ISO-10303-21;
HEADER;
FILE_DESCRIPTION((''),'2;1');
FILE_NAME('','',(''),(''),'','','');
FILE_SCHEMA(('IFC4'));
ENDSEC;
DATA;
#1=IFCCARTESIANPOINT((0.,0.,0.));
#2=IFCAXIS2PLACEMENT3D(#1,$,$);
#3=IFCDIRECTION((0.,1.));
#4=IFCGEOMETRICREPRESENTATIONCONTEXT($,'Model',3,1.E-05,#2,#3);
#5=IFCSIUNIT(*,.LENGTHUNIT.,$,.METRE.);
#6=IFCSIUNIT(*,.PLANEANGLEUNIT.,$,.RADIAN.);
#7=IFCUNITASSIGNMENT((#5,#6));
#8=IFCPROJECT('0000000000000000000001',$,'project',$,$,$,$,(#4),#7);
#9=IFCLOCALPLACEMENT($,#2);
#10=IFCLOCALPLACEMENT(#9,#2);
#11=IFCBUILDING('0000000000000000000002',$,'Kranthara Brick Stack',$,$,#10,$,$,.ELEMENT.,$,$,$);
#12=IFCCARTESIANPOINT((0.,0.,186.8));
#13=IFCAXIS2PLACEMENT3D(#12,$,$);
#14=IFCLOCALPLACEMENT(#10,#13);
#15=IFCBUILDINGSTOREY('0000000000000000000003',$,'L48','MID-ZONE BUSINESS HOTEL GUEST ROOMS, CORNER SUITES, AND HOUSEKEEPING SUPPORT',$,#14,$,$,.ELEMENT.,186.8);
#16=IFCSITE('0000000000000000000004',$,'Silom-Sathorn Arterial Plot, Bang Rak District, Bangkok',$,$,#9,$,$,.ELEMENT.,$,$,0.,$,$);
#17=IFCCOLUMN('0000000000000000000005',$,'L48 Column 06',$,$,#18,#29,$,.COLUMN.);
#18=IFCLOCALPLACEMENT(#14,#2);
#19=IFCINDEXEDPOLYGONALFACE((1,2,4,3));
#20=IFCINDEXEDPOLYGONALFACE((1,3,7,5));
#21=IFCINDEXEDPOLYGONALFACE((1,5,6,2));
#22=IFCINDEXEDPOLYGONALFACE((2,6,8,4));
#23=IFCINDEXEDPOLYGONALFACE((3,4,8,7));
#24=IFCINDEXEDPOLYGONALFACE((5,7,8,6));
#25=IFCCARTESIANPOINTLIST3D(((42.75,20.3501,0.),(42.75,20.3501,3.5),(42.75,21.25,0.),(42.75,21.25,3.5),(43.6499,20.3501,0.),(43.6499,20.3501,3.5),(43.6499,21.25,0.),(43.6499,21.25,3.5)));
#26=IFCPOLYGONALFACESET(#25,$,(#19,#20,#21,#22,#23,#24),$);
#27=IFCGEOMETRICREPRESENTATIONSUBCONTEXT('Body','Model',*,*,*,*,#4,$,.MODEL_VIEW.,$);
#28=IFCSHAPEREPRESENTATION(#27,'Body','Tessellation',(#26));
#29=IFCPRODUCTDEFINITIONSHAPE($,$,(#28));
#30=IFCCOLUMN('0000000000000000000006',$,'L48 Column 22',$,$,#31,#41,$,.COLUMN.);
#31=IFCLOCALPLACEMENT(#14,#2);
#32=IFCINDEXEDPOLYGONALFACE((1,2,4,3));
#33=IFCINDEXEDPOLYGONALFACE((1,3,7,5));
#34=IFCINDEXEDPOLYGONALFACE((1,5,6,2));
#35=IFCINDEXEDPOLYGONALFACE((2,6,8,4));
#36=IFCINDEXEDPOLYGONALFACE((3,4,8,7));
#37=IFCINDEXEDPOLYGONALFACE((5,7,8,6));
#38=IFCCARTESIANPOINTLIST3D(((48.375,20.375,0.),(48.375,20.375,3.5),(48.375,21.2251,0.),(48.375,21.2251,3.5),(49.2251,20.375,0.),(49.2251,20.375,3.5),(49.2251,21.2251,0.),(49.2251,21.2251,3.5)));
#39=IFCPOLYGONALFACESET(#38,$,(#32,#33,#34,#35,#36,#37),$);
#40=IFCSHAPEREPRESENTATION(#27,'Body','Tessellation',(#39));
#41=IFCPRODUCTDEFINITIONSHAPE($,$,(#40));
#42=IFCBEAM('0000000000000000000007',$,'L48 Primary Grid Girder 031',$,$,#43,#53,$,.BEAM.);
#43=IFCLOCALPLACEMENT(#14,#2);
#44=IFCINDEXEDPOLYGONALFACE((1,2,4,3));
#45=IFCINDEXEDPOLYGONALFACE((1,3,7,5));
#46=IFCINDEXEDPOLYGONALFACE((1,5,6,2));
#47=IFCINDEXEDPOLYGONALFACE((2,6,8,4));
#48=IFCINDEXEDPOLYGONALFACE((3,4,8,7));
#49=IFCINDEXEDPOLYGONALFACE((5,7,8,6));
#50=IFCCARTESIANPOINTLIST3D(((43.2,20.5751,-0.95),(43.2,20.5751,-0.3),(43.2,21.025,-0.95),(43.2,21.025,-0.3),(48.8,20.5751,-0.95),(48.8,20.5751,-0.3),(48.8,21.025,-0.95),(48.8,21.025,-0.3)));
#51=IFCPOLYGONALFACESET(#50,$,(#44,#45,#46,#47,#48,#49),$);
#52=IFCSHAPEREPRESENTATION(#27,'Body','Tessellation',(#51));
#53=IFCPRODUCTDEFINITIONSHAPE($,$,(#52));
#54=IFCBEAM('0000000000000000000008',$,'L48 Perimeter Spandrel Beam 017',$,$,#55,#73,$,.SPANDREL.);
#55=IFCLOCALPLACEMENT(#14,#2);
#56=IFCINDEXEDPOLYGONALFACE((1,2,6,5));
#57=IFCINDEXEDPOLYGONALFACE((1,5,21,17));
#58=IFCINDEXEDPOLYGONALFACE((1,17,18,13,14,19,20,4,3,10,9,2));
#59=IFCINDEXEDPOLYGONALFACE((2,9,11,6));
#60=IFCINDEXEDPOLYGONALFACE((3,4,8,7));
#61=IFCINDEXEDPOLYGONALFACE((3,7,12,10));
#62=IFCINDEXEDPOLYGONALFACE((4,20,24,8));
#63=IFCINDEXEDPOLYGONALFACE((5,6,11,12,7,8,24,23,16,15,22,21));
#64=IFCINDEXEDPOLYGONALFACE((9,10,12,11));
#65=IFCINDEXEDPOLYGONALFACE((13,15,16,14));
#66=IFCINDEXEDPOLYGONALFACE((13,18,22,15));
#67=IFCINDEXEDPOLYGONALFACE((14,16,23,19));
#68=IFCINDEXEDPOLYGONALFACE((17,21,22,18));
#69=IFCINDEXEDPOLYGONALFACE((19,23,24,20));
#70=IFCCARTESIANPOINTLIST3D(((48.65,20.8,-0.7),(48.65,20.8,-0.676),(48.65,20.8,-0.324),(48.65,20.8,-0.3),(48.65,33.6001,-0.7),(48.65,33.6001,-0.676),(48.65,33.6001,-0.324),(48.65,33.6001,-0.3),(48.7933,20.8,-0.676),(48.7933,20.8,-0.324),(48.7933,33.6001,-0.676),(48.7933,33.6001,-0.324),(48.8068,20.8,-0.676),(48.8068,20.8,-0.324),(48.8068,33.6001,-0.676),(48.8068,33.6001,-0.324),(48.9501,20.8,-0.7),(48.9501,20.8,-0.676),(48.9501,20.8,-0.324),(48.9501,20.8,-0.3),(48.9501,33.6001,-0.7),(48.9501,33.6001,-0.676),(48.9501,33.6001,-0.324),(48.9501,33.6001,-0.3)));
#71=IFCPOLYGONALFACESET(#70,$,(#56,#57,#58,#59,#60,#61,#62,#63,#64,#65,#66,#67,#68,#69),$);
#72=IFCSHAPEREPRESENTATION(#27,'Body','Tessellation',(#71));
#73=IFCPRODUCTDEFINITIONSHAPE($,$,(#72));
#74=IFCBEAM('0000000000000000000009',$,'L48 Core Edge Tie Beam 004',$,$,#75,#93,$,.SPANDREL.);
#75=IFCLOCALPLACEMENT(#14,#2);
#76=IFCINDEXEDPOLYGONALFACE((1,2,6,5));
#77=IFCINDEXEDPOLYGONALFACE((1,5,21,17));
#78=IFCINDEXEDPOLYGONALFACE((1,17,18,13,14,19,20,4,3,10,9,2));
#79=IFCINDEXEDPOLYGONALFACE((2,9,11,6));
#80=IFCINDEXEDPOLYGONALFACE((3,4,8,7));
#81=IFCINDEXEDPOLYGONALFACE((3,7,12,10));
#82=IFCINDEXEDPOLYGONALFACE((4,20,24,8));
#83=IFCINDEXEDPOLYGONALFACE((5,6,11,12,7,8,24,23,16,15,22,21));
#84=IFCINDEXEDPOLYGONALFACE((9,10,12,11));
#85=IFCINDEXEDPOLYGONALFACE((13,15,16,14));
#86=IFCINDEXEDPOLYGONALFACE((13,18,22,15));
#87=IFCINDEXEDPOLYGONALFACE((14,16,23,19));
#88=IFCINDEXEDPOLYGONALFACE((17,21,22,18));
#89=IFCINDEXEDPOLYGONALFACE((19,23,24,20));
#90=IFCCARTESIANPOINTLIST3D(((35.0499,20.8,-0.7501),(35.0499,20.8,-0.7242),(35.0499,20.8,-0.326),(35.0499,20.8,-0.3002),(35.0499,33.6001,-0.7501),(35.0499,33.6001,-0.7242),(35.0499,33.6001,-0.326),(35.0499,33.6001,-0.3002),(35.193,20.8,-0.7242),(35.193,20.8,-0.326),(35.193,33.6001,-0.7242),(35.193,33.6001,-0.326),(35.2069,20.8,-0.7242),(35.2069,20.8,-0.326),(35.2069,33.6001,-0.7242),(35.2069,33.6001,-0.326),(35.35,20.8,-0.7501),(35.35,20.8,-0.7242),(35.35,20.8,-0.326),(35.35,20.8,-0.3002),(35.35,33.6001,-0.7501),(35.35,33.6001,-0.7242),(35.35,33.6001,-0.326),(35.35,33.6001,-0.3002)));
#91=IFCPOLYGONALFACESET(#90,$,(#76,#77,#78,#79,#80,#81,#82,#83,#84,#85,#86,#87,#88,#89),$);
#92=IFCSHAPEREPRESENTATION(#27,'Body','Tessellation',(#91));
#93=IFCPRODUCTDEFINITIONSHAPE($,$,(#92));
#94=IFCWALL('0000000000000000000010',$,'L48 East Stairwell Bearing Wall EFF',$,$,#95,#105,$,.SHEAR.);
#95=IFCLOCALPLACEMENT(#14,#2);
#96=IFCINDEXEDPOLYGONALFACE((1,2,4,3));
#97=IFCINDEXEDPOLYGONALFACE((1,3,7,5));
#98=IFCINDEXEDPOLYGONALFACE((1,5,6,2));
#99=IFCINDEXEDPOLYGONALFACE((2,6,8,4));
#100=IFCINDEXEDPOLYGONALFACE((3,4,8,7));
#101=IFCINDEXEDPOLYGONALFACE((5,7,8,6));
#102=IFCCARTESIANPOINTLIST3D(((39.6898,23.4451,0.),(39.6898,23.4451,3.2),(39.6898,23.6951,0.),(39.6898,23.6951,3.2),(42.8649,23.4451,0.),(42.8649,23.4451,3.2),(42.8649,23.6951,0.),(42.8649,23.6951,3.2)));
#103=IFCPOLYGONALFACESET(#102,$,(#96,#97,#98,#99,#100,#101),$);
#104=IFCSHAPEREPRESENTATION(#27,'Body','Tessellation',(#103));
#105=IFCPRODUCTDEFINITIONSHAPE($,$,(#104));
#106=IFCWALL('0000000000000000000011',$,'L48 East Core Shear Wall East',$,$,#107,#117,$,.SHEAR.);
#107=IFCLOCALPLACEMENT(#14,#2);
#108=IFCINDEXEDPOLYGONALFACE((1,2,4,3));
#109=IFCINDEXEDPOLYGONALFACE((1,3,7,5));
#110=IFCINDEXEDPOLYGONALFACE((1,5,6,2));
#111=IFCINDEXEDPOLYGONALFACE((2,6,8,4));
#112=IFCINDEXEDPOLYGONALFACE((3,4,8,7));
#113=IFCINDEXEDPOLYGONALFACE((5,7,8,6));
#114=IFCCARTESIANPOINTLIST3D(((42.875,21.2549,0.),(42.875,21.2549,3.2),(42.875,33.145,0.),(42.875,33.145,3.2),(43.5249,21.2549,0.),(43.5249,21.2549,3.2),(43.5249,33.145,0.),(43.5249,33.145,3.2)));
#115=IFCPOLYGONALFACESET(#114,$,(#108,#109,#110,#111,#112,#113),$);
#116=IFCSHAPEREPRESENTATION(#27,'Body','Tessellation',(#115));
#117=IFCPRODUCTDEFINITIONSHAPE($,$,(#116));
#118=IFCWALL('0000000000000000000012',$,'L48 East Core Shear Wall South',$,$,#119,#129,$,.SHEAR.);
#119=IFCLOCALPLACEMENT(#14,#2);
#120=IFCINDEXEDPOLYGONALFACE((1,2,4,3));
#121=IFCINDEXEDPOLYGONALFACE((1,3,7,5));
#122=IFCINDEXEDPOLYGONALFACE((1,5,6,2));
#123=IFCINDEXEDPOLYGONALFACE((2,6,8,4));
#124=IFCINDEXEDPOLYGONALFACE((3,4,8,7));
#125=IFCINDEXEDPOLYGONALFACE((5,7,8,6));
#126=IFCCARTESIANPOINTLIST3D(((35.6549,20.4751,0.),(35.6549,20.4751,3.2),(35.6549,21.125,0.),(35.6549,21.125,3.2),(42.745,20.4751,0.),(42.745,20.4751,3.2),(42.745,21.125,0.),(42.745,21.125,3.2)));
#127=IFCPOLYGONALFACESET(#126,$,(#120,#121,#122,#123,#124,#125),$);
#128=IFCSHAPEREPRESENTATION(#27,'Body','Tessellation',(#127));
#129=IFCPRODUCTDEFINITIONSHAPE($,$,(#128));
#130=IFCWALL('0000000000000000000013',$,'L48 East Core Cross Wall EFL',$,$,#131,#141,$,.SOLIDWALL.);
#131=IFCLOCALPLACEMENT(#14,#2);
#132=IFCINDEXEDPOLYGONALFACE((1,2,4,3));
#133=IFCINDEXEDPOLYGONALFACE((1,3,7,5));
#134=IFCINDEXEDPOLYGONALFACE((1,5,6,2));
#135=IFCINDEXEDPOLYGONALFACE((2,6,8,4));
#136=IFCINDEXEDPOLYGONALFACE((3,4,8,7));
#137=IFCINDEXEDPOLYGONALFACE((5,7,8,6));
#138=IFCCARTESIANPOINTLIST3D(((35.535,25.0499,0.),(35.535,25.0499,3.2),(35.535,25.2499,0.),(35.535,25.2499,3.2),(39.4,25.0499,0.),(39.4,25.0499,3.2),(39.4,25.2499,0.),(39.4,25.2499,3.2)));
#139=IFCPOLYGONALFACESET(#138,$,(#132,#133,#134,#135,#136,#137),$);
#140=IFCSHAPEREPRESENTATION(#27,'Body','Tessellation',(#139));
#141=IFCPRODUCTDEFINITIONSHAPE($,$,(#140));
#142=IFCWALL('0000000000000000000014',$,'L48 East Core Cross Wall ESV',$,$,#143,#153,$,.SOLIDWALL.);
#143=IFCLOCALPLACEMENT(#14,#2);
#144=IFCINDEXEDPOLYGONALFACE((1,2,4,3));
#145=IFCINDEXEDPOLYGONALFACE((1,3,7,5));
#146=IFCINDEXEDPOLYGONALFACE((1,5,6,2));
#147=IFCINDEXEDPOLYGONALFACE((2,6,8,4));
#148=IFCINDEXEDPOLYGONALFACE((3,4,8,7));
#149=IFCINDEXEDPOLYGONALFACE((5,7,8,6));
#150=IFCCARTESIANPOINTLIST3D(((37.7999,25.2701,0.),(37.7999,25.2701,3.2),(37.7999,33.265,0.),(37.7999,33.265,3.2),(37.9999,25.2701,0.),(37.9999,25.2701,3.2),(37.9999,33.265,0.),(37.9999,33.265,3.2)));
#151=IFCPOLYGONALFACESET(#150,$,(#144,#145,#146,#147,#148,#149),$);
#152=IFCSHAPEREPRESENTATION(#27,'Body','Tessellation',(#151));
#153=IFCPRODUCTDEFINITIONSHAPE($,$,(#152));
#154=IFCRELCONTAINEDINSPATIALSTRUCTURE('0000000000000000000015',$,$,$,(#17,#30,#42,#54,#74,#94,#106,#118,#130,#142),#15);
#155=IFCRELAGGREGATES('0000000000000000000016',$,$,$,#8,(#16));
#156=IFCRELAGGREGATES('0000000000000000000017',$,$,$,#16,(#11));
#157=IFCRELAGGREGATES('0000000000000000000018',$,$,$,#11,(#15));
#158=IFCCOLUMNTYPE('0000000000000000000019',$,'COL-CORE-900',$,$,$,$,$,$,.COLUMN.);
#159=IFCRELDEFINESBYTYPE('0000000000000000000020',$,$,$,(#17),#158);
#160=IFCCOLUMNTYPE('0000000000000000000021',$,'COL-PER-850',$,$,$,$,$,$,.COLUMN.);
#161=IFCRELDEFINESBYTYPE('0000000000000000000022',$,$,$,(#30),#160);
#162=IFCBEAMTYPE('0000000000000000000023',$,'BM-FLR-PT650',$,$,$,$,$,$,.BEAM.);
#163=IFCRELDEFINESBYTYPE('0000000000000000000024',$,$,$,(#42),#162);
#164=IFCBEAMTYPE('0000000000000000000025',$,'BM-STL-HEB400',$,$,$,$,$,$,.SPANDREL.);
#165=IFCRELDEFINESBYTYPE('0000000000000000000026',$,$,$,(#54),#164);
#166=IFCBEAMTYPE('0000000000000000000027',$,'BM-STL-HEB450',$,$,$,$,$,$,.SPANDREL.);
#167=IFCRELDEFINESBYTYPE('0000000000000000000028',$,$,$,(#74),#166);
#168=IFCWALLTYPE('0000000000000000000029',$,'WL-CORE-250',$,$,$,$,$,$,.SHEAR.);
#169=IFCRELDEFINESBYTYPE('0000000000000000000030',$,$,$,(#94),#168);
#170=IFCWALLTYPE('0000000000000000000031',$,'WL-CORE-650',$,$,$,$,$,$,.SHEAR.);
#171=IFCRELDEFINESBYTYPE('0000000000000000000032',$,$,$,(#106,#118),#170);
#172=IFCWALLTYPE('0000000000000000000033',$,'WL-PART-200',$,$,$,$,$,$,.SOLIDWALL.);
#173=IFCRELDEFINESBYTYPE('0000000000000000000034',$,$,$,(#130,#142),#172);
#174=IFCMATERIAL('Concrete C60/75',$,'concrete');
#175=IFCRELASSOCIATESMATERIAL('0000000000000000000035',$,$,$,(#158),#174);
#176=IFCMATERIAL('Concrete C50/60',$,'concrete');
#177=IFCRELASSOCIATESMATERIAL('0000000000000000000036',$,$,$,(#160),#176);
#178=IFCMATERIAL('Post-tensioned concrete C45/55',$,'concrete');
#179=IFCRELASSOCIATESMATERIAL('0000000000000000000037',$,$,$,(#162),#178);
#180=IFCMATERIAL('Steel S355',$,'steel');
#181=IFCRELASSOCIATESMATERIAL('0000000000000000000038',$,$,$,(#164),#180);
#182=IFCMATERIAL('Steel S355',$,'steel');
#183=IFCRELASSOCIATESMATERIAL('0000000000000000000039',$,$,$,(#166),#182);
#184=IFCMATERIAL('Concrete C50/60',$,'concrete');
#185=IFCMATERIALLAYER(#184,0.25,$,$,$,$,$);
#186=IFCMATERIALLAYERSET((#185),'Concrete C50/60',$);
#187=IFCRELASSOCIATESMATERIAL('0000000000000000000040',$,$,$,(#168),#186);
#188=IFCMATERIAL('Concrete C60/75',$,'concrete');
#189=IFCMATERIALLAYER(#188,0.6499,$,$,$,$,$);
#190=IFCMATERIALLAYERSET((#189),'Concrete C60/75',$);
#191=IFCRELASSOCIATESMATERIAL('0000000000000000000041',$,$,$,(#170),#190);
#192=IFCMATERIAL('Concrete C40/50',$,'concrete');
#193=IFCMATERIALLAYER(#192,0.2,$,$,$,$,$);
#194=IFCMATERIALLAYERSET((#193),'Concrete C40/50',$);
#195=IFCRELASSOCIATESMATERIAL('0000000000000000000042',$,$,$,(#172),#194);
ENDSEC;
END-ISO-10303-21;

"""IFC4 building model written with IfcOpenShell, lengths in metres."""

from ifc_helpers import new_model, si_unit, direction, frame, frame_2d, origin, origin_2d, place, context, subcontext, project, spatial, rectangle, i_section, extrude, material, layer, layer_set, material_profile, profile_set, type_object, element, save


model = new_model("IFC4")

# Units and contexts
model_context = context("Model", 3, precision=1e-05, world=origin(), true_north=direction((0.0, 1.0)))
body_context = subcontext(model_context, "Body", "Model", "MODEL_VIEW")
ifc_project = project(units=[si_unit("LENGTHUNIT", "METRE"), si_unit("PLANEANGLEUNIT", "RADIAN")], contexts=[model_context])

# Site, building, storey
site_placement = place(None, origin())
site = spatial("IfcSite", under=ifc_project, at=site_placement, Name="Silom-Sathorn Arterial Plot, Bang Rak District, Bangkok", CompositionType="ELEMENT", RefElevation=0.0)
building_placement = place(site_placement, origin())
building = spatial("IfcBuilding", under=site, at=building_placement, Name="Kranthara Brick Stack", CompositionType="ELEMENT")
storey_placement = place(building_placement, frame((0.0, 0.0, 186.8)))
storey = spatial("IfcBuildingStorey", under=building, at=storey_placement, Name="L48", Description="MID-ZONE BUSINESS HOTEL GUEST ROOMS, CORNER SUITES, AND HOUSEKEEPING SUPPORT", CompositionType="ELEMENT", Elevation=186.8)

# Columns
ifc_material_1 = material(Name="Concrete C60/75", Category="concrete")
ifc_material_profile_1 = material_profile(ifc_material_1, rectangle(XDim=0.8999, YDim=0.8999, at=origin_2d()), Name="RC 900x900")
ifc_profile_set_1 = profile_set([ifc_material_profile_1], Name="Concrete C60/75")
column_type_1 = type_object("IfcColumnType", Name="COL-CORE-900", PredefinedType="COLUMN", material=ifc_profile_set_1)
column_1_placement = place(storey_placement, frame((43.2, 20.8, 0.0), z_axis=(0.0, 0.0, 1.0), x_axis=(1.0, 0.0, 0.0)))
element("IfcColumn", 1, at=column_1_placement, inside=storey, type_object=column_type_1, Name="L48 Column 06", PredefinedType="COLUMN", context=body_context, shape_type="SweptSolid", body=[
    extrude(rectangle(XDim=0.8999, YDim=0.8999, at=origin_2d()), origin(), (0.0, 0.0, 1.0), 3.5),
])
ifc_material_2 = material(Name="Concrete C50/60", Category="concrete")
ifc_material_profile_2 = material_profile(ifc_material_2, rectangle(XDim=0.8501, YDim=0.8501, at=origin_2d()), Name="RC 850x850")
ifc_profile_set_2 = profile_set([ifc_material_profile_2], Name="Concrete C50/60")
column_type_2 = type_object("IfcColumnType", Name="COL-PER-850", PredefinedType="COLUMN", material=ifc_profile_set_2)
column_2_placement = place(storey_placement, frame((48.8, 20.8, 0.0), z_axis=(0.0, 0.0, 1.0), x_axis=(1.0, 0.0, 0.0)))
element("IfcColumn", 2, at=column_2_placement, inside=storey, type_object=column_type_2, Name="L48 Column 22", PredefinedType="COLUMN", context=body_context, shape_type="SweptSolid", body=[
    extrude(rectangle(XDim=0.8501, YDim=0.8501, at=origin_2d()), origin(), (0.0, 0.0, 1.0), 3.5),
])

# Beams
ifc_material_3 = material(Name="Post-tensioned concrete C45/55", Category="concrete")
ifc_material_profile_3 = material_profile(ifc_material_3, rectangle(XDim=0.45, YDim=0.6499, at=origin_2d()), Name="PT 450x650")
ifc_profile_set_3 = profile_set([ifc_material_profile_3], Name="Post-tensioned concrete C45/55")
beam_type_1 = type_object("IfcBeamType", Name="BM-FLR-PT650", PredefinedType="BEAM", material=ifc_profile_set_3)
beam_1_placement = place(storey_placement, frame((43.2, 20.8, -0.625), z_axis=(1.0, 0.0, 0.0), x_axis=(0.0, 1.0, 0.0)))
element("IfcBeam", 3, at=beam_1_placement, inside=storey, type_object=beam_type_1, Name="L48 Primary Grid Girder 031", PredefinedType="BEAM", context=body_context, shape_type="SweptSolid", body=[
    extrude(rectangle(XDim=0.45, YDim=0.6499, at=origin_2d()), origin(), (0.0, 0.0, 1.0), 5.6001),
])
ifc_material_4 = material(Name="Steel S355", Category="steel")
ifc_material_profile_4 = material_profile(ifc_material_4, i_section(OverallWidth=0.3, OverallDepth=0.3999, WebThickness=0.0134, FlangeThickness=0.0239, at=origin_2d()), Name="HEB 400")
ifc_profile_set_4 = profile_set([ifc_material_profile_4], Name="Steel S355")
beam_type_2 = type_object("IfcBeamType", Name="BM-STL-HEB400", PredefinedType="SPANDREL", material=ifc_profile_set_4)
beam_2_placement = place(storey_placement, frame((48.8, 20.8, -0.5), z_axis=(0.0, 1.0, 0.0), x_axis=(-1.0, 0.0, 0.0)))
element("IfcBeam", 4, at=beam_2_placement, inside=storey, type_object=beam_type_2, Name="L48 Perimeter Spandrel Beam 017", PredefinedType="SPANDREL", context=body_context, shape_type="SweptSolid", body=[
    extrude(i_section(OverallWidth=0.3, OverallDepth=0.3999, WebThickness=0.0134, FlangeThickness=0.0239, at=origin_2d()), origin(), (0.0, 0.0, 1.0), 12.8),
])
ifc_material_5 = material(Name="Steel S355", Category="steel")
ifc_material_profile_5 = material_profile(ifc_material_5, i_section(OverallWidth=0.3, OverallDepth=0.45, WebThickness=0.0139, FlangeThickness=0.0259, at=origin_2d()), Name="HEB 450")
ifc_profile_set_5 = profile_set([ifc_material_profile_5], Name="Steel S355")
beam_type_3 = type_object("IfcBeamType", Name="BM-STL-HEB450", PredefinedType="SPANDREL", material=ifc_profile_set_5)
beam_3_placement = place(storey_placement, frame((35.2, 20.8, -0.5251), z_axis=(0.0, 1.0, 0.0), x_axis=(-1.0, 0.0, 0.0)))
element("IfcBeam", 5, at=beam_3_placement, inside=storey, type_object=beam_type_3, Name="L48 Core Edge Tie Beam 004", PredefinedType="SPANDREL", context=body_context, shape_type="SweptSolid", body=[
    extrude(i_section(OverallWidth=0.3, OverallDepth=0.45, WebThickness=0.0139, FlangeThickness=0.0259, at=origin_2d()), origin(), (0.0, 0.0, 1.0), 12.8),
])

# Shared definitions
ifc_material_6 = material(Name="Concrete C50/60", Category="concrete")
ifc_layer_1 = layer(ifc_material_6, 0.25)
ifc_layer_set_1 = layer_set([ifc_layer_1], Name="Concrete C50/60")
wall_type_1 = type_object("IfcWallType", Name="WL-CORE-250", PredefinedType="SHEAR", material=ifc_layer_set_1)

# Walls
wall_1_placement = place(storey_placement, frame((39.6899, 23.5701, 0.0), z_axis=(0.0, 0.0, 1.0), x_axis=(1.0, 0.0, 0.0)))
element("IfcWall", 6, at=wall_1_placement, inside=storey, type_object=wall_type_1, Name="L48 East Stairwell Bearing Wall EFF", PredefinedType="SHEAR", context=body_context, shape_type="SweptSolid", body=[
    extrude(rectangle(XDim=3.175, YDim=0.25, at=frame_2d((1.5874, 0.0))), origin(), (0.0, 0.0, 1.0), 3.2),
])
ifc_material_7 = material(Name="Concrete C60/75", Category="concrete")
ifc_layer_2 = layer(ifc_material_7, 0.6499)
ifc_layer_set_2 = layer_set([ifc_layer_2], Name="Concrete C60/75")
wall_type_2 = type_object("IfcWallType", Name="WL-CORE-650", PredefinedType="SHEAR", material=ifc_layer_set_2)
wall_2_placement = place(storey_placement, frame((43.2, 21.2549, 0.0), z_axis=(0.0, 0.0, 1.0), x_axis=(0.0, 1.0, 0.0)))
element("IfcWall", 7, at=wall_2_placement, inside=storey, type_object=wall_type_2, Name="L48 East Core Shear Wall East", PredefinedType="SHEAR", context=body_context, shape_type="SweptSolid", body=[
    extrude(rectangle(XDim=11.8901, YDim=0.6499, at=frame_2d((5.9451, 0.0))), origin(), (0.0, 0.0, 1.0), 3.2),
])
wall_3_placement = place(storey_placement, frame((35.655, 20.8, 0.0), z_axis=(0.0, 0.0, 1.0), x_axis=(1.0, 0.0, 0.0)))
element("IfcWall", 8, at=wall_3_placement, inside=storey, type_object=wall_type_2, Name="L48 East Core Shear Wall South", PredefinedType="SHEAR", context=body_context, shape_type="SweptSolid", body=[
    extrude(rectangle(XDim=7.0901, YDim=0.6499, at=frame_2d((3.5449, 0.0))), origin(), (0.0, 0.0, 1.0), 3.2),
])

# Walls
ifc_material_8 = material(Name="Concrete C40/50", Category="concrete")
ifc_layer_3 = layer(ifc_material_8, 0.2)
ifc_layer_set_3 = layer_set([ifc_layer_3], Name="Concrete C40/50")
wall_type_3 = type_object("IfcWallType", Name="WL-PART-200", PredefinedType="SOLIDWALL", material=ifc_layer_set_3)
wall_4_placement = place(storey_placement, frame((35.5349, 25.1499, 0.0), z_axis=(0.0, 0.0, 1.0), x_axis=(1.0, 0.0, 0.0)))
element("IfcWall", 9, at=wall_4_placement, inside=storey, type_object=wall_type_3, Name="L48 East Core Cross Wall EFL", PredefinedType="SOLIDWALL", context=body_context, shape_type="SweptSolid", body=[
    extrude(rectangle(XDim=3.865, YDim=0.2, at=frame_2d((1.9326, 0.0))), origin(), (0.0, 0.0, 1.0), 3.2),
])
wall_5_placement = place(storey_placement, frame((37.8999, 25.27, 0.0), z_axis=(0.0, 0.0, 1.0), x_axis=(0.0, 1.0, 0.0)))
element("IfcWall", 10, at=wall_5_placement, inside=storey, type_object=wall_type_3, Name="L48 East Core Cross Wall ESV", PredefinedType="SOLIDWALL", context=body_context, shape_type="SweptSolid", body=[
    extrude(rectangle(XDim=7.9949, YDim=0.2, at=frame_2d((3.9976, 0.0))), origin(), (0.0, 0.0, 1.0), 3.2),
])

save(model, "model.ifc")
